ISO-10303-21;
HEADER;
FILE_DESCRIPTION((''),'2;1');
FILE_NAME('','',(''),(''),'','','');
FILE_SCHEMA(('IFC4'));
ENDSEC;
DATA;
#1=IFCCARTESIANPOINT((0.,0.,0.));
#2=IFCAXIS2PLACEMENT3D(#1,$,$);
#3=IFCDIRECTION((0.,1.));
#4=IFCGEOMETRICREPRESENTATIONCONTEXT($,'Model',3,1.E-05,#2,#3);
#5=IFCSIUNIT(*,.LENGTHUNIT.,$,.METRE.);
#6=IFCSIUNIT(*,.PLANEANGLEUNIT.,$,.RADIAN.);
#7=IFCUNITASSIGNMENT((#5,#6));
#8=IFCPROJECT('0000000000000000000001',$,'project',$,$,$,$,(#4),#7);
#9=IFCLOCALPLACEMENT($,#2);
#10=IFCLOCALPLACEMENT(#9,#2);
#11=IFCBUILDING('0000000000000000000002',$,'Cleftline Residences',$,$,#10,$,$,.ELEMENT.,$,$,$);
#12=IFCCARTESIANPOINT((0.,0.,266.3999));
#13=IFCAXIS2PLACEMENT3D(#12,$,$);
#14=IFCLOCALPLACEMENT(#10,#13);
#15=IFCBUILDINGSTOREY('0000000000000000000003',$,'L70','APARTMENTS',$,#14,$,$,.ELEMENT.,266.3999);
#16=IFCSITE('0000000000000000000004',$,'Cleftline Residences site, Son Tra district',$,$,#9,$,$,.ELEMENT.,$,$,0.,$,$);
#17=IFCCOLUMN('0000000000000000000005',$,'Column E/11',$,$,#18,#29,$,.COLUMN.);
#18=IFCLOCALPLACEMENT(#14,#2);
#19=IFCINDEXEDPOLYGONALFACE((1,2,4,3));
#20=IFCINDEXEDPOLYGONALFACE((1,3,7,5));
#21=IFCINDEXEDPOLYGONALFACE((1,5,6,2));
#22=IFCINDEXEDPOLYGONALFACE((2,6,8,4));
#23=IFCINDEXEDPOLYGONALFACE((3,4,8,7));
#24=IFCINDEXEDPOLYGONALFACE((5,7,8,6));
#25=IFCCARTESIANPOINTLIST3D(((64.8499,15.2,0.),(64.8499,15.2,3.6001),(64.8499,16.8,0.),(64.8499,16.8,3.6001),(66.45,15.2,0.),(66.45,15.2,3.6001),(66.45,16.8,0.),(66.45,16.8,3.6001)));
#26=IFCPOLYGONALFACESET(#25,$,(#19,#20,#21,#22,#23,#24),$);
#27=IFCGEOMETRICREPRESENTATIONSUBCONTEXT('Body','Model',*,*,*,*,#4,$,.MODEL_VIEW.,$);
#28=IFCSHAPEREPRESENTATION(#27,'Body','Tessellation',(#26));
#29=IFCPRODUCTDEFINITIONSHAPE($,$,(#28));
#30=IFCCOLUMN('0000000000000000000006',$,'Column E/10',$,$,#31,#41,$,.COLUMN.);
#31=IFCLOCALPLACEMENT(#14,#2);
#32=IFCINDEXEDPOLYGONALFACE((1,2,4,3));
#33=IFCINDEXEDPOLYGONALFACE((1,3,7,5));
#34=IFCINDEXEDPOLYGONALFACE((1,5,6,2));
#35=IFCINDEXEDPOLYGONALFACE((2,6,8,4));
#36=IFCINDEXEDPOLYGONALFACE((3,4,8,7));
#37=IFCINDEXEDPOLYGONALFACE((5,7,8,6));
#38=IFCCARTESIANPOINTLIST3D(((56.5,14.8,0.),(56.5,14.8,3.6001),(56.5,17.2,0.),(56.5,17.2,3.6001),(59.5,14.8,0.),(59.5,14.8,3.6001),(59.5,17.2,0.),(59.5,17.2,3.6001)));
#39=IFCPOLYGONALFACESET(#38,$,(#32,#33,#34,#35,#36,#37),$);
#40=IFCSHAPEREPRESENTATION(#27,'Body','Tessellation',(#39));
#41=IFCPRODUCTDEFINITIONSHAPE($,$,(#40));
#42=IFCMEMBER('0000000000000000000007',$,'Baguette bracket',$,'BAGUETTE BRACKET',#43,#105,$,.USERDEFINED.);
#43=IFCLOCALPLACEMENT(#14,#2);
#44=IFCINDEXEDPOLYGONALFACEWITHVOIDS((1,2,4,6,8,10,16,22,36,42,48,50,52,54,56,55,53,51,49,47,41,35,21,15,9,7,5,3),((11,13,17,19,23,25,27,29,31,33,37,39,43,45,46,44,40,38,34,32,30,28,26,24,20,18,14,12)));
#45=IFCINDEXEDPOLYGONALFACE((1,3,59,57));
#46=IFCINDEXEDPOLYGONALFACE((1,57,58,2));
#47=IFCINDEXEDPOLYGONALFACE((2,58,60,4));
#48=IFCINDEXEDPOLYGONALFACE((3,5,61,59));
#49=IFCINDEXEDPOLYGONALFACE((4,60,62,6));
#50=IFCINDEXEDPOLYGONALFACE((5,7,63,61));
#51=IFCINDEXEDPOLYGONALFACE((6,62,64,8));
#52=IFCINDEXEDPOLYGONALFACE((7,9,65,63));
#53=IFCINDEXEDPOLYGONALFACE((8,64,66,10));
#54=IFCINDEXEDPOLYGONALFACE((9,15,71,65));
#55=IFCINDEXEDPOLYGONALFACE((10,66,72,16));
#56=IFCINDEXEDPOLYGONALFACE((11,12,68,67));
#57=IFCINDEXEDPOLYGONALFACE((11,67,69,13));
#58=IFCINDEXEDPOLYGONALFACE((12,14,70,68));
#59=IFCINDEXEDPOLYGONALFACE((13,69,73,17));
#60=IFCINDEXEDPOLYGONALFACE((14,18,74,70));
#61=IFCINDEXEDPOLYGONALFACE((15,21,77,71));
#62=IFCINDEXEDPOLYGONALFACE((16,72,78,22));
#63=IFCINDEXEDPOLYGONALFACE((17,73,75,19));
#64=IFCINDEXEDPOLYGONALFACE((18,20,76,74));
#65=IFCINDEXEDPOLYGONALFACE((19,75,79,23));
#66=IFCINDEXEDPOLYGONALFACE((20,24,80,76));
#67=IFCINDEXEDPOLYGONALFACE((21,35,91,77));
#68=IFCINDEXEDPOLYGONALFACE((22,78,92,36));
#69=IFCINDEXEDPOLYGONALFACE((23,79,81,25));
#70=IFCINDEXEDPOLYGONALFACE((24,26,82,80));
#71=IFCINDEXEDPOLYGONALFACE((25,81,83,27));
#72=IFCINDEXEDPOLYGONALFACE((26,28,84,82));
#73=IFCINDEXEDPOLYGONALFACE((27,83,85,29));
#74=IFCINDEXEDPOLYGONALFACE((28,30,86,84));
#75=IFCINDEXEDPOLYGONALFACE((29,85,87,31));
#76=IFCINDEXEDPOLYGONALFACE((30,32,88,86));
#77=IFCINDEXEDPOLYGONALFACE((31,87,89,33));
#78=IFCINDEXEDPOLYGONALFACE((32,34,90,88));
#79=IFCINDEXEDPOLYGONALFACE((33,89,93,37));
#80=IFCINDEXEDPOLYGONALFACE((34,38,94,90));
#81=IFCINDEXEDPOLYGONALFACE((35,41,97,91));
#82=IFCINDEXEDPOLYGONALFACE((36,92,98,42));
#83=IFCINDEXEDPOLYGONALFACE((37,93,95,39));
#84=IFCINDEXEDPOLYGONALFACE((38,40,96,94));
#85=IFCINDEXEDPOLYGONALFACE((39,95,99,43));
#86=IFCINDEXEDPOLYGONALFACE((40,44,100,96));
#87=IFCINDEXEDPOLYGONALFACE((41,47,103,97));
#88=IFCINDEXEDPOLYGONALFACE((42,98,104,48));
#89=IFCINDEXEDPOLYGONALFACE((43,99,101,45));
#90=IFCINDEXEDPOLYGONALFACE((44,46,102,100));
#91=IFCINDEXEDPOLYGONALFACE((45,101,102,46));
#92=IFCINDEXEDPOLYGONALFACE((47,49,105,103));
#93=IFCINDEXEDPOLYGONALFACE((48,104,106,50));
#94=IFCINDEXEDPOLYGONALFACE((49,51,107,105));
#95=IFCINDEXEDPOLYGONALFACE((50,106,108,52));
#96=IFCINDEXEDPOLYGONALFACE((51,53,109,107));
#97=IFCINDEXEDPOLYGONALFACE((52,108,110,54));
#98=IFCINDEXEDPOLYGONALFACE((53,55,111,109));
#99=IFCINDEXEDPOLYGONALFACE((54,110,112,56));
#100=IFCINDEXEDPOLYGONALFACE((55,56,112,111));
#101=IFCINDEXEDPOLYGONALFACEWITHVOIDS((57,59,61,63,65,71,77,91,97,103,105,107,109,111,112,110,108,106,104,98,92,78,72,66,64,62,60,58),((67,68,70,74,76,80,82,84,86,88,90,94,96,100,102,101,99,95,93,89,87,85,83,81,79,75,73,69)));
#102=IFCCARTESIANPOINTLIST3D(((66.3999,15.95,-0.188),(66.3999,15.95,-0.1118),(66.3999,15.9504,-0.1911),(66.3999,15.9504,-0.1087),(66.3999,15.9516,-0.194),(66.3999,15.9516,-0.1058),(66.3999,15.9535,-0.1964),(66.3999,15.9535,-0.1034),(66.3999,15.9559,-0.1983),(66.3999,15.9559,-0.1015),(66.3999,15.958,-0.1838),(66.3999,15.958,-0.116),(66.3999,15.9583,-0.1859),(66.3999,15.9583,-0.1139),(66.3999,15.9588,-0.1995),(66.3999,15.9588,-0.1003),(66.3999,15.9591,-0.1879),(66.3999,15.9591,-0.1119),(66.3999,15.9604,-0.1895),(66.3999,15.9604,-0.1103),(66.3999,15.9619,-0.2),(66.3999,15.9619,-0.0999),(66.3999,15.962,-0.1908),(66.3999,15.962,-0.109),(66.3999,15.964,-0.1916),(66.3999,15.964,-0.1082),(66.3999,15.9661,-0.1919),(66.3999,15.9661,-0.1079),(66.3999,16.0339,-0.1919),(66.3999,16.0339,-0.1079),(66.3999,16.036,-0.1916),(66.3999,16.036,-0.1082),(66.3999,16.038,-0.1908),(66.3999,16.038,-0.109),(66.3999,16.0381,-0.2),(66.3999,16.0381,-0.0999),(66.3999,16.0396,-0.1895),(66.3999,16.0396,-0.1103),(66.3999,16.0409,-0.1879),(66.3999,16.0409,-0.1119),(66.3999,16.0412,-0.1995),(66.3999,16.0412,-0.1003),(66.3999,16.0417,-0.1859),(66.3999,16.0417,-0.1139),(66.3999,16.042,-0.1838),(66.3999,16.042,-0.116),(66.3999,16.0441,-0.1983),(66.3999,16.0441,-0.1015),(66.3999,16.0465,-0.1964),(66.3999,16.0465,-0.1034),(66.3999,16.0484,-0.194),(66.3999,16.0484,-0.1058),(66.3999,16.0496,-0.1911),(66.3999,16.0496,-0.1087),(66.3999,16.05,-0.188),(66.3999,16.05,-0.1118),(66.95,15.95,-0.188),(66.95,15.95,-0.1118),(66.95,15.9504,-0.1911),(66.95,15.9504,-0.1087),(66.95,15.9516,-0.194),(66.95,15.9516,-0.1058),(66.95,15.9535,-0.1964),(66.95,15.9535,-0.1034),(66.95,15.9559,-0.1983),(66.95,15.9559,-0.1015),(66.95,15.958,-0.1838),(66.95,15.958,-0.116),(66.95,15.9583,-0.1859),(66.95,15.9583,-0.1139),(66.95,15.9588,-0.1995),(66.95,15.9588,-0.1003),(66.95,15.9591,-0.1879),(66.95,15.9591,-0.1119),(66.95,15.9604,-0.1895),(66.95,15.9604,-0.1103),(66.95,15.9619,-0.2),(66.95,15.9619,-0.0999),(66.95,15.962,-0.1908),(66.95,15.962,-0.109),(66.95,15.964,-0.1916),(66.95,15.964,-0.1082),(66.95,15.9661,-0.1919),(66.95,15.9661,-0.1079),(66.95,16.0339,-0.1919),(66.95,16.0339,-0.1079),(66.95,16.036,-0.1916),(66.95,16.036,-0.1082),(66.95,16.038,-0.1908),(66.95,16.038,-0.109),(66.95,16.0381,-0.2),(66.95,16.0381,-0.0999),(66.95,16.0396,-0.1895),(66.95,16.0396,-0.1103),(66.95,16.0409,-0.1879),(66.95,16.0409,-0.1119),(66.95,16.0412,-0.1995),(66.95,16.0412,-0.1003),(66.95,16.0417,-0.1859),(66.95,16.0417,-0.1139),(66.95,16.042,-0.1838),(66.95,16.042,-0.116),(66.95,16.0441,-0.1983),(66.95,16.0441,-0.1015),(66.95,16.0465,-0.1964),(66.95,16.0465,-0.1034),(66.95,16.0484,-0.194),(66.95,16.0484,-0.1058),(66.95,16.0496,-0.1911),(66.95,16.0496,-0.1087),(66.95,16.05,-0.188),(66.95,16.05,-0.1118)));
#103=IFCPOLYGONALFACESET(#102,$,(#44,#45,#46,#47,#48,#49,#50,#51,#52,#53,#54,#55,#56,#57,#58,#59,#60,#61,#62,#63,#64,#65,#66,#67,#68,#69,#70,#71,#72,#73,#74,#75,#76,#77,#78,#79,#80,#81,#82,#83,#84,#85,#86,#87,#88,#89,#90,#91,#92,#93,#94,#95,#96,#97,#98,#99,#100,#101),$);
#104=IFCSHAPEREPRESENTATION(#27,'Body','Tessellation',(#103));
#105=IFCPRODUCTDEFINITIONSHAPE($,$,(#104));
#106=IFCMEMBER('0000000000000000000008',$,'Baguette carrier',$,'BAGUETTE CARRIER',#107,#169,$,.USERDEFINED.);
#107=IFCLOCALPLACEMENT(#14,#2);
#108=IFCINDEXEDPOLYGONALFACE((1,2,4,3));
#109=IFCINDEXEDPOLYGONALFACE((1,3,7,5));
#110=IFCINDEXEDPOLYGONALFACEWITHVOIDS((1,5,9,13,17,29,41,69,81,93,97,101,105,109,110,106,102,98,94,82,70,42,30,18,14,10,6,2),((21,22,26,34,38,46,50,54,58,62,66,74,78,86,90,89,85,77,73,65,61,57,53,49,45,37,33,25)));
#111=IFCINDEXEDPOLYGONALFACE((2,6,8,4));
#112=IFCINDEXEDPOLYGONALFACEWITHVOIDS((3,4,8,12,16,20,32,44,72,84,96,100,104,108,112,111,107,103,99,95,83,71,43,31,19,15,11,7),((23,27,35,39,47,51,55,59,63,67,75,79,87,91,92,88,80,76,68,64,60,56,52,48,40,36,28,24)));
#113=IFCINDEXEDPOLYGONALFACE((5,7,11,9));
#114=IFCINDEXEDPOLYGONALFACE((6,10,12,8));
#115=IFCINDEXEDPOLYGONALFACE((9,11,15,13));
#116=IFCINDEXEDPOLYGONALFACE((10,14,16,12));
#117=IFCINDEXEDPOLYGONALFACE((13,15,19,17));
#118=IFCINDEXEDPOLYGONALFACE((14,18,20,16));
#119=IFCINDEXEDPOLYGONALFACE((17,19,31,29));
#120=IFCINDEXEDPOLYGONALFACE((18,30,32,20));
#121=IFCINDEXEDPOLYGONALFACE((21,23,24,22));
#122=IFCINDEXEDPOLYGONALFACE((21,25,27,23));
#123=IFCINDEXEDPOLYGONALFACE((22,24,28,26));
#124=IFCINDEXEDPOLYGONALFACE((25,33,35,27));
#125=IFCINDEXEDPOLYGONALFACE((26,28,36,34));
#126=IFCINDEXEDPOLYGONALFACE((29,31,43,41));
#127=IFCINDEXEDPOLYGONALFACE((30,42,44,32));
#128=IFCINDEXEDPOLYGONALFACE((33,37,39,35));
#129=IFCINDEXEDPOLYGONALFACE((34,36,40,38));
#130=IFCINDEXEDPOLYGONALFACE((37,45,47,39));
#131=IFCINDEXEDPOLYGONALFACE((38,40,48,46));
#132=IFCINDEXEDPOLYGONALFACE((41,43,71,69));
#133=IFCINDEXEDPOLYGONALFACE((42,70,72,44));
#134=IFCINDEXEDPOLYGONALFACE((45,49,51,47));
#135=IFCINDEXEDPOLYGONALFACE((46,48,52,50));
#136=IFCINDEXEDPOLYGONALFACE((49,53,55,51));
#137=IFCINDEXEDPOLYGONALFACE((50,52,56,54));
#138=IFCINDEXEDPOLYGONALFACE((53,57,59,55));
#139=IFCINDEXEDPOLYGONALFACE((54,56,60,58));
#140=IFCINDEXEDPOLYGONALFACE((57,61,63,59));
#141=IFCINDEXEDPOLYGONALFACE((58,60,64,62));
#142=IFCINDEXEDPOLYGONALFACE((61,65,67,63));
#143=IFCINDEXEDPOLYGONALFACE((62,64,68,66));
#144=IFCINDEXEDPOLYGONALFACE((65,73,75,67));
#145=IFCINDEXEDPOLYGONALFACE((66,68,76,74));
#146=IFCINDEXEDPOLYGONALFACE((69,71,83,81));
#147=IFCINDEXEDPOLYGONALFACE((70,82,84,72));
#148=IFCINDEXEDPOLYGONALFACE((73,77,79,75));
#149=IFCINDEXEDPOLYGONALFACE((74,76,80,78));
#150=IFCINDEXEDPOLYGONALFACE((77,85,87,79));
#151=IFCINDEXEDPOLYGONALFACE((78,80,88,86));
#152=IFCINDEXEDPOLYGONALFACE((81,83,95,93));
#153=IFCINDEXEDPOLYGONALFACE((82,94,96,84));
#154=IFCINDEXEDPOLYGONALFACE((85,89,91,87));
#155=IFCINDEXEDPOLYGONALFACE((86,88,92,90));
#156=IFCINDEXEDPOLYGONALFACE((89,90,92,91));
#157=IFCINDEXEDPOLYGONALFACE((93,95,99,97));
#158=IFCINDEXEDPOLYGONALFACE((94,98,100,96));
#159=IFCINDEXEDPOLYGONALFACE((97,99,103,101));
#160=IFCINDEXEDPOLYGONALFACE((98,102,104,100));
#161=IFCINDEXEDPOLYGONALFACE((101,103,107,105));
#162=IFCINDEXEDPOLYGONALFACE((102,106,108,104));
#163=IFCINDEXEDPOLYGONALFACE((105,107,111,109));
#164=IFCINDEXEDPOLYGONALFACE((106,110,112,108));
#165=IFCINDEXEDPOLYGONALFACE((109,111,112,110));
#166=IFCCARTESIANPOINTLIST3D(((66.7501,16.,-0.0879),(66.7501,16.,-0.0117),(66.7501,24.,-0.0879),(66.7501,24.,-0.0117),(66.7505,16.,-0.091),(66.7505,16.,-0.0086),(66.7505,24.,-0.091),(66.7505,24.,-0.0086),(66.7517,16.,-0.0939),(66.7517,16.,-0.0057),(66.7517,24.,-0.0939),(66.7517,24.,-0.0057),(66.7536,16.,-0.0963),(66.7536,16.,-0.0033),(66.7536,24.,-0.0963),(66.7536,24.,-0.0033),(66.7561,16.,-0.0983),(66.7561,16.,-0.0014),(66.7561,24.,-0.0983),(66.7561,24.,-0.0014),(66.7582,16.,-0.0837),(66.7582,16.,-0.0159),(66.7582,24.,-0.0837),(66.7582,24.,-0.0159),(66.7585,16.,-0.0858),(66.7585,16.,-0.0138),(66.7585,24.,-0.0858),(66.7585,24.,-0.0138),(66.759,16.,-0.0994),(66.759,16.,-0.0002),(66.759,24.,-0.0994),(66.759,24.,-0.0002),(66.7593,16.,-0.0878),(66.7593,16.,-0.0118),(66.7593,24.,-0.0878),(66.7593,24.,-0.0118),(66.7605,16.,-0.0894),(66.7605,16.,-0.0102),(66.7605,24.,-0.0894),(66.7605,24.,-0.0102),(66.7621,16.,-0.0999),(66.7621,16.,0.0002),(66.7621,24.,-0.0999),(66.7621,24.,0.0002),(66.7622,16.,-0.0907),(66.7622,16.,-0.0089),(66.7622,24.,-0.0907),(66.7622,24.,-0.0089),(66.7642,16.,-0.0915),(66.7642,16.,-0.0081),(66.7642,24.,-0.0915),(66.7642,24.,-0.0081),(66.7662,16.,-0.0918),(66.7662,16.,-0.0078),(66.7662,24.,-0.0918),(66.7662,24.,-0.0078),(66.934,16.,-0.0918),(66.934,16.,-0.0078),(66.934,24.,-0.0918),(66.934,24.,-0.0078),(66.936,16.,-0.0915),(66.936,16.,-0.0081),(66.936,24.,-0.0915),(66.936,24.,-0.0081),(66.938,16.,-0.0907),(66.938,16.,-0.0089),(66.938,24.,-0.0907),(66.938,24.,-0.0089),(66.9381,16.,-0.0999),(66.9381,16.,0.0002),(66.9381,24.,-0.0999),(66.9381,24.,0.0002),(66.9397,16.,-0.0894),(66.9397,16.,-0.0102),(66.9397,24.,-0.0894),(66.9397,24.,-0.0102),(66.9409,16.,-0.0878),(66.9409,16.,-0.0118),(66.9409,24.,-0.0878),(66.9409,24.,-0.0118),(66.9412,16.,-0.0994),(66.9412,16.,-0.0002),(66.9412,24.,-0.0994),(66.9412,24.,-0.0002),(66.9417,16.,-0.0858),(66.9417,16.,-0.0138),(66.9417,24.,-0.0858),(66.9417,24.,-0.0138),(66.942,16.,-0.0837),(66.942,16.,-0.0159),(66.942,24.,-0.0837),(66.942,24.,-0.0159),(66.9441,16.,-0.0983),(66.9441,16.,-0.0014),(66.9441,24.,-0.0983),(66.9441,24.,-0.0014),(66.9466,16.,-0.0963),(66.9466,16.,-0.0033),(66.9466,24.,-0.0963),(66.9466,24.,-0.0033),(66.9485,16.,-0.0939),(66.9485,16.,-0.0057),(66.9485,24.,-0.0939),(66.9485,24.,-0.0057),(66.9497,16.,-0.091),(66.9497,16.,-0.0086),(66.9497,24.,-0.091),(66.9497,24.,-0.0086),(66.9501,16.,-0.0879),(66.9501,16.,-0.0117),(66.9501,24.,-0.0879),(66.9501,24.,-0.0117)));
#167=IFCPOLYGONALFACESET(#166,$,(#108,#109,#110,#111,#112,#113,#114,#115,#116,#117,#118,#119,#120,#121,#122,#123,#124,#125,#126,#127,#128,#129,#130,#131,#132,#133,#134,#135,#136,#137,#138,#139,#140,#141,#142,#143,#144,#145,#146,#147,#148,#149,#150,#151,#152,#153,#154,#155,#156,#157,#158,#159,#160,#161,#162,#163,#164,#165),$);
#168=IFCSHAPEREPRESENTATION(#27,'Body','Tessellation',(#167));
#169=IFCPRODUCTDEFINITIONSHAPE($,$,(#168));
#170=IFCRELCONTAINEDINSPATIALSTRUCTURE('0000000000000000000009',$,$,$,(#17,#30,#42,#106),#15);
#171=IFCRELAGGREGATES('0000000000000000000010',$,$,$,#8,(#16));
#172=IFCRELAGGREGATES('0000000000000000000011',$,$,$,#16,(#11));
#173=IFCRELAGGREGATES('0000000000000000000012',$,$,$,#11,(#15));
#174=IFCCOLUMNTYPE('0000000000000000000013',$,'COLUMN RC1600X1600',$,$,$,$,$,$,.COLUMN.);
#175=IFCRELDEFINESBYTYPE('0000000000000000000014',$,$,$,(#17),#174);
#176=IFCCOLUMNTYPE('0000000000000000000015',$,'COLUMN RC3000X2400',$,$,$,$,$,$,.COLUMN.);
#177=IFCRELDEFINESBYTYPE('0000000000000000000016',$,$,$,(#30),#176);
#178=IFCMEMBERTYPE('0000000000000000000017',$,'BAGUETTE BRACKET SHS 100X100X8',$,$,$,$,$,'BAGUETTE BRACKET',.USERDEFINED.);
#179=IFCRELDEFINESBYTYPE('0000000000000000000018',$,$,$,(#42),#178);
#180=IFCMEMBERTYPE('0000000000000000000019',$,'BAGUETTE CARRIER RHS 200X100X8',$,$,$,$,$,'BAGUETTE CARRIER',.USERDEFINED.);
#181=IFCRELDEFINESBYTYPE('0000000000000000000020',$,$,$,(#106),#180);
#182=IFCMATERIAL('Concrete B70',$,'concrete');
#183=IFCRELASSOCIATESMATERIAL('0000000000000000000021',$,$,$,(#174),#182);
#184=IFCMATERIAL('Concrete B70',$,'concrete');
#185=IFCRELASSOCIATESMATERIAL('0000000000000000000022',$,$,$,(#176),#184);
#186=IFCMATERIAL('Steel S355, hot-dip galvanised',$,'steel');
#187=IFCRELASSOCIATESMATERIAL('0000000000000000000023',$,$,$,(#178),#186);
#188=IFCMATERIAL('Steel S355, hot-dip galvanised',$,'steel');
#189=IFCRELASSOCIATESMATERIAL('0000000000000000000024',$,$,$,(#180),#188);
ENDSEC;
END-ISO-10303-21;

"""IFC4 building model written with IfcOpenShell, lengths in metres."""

from ifc_helpers import new_model, si_unit, direction, frame, origin, origin_2d, place, context, subcontext, project, spatial, rectangle, hollow_rectangle, extrude, material, material_profile, profile_set, type_object, element, save


model = new_model("IFC4")

# Units and contexts
model_context = context("Model", 3, precision=1e-05, world=origin(), true_north=direction((0.0, 1.0)))
body_context = subcontext(model_context, "Body", "Model", "MODEL_VIEW")
ifc_project = project(units=[si_unit("LENGTHUNIT", "METRE"), si_unit("PLANEANGLEUNIT", "RADIAN")], contexts=[model_context])

# Site, building, storey
site_placement = place(None, origin())
site = spatial("IfcSite", under=ifc_project, at=site_placement, Name="Cleftline Residences site, Son Tra district", CompositionType="ELEMENT", RefElevation=0.0)
building_placement = place(site_placement, origin())
building = spatial("IfcBuilding", under=site, at=building_placement, Name="Cleftline Residences", CompositionType="ELEMENT")
storey_placement = place(building_placement, frame((0.0, 0.0, 266.3999)))
storey = spatial("IfcBuildingStorey", under=building, at=storey_placement, Name="L70", Description="APARTMENTS", CompositionType="ELEMENT", Elevation=266.3999)

# Columns
ifc_material_1 = material(Name="Concrete B70", Category="concrete")
ifc_material_profile_1 = material_profile(ifc_material_1, rectangle(XDim=1.6001, YDim=1.6001, at=origin_2d()))
ifc_profile_set_1 = profile_set([ifc_material_profile_1], Name="Concrete B70")
column_type_1 = type_object("IfcColumnType", Name="COLUMN RC1600X1600", PredefinedType="COLUMN", material=ifc_profile_set_1)
column_1_placement = place(storey_placement, frame((65.6499, 16.0, 0.0), z_axis=(0.0, 0.0, 1.0), x_axis=(1.0, 0.0, 0.0)))
element("IfcColumn", 1, at=column_1_placement, inside=storey, type_object=column_type_1, Name="Column E/11", PredefinedType="COLUMN", context=body_context, shape_type="SweptSolid", body=[
    extrude(rectangle(XDim=1.6001, YDim=1.6001, at=origin_2d()), origin(), (0.0, 0.0, 1.0), 3.6001),
])
ifc_material_2 = material(Name="Concrete B70", Category="concrete")
ifc_material_profile_2 = material_profile(ifc_material_2, rectangle(XDim=3.0, YDim=2.3999, at=origin_2d()))
ifc_profile_set_2 = profile_set([ifc_material_profile_2], Name="Concrete B70")
column_type_2 = type_object("IfcColumnType", Name="COLUMN RC3000X2400", PredefinedType="COLUMN", material=ifc_profile_set_2)
column_2_placement = place(storey_placement, frame((58.0, 16.0, 0.0), z_axis=(0.0, 0.0, 1.0), x_axis=(1.0, 0.0, 0.0)))
element("IfcColumn", 2, at=column_2_placement, inside=storey, type_object=column_type_2, Name="Column E/10", PredefinedType="COLUMN", context=body_context, shape_type="SweptSolid", body=[
    extrude(rectangle(XDim=3.0, YDim=2.3999, at=origin_2d()), origin(), (0.0, 0.0, 1.0), 3.6001),
])

# Members
ifc_material_3 = material(Name="Steel S355, hot-dip galvanised", Category="steel")
ifc_material_profile_3 = material_profile(ifc_material_3, hollow_rectangle(XDim=0.1001, YDim=0.1001, WallThickness=0.0081, InnerFilletRadius=0.0081, OuterFilletRadius=0.012, at=origin_2d()))
ifc_profile_set_3 = profile_set([ifc_material_profile_3], Name="Steel S355, hot-dip galvanised")
member_type_1 = type_object("IfcMemberType", Name="BAGUETTE BRACKET SHS 100X100X8", ElementType="BAGUETTE BRACKET", PredefinedType="USERDEFINED", material=ifc_profile_set_3)
member_1_placement = place(storey_placement, frame((66.3999, 16.0, -0.1499), z_axis=(1.0, 0.0, 0.0), x_axis=(0.0, 1.0, 0.0)))
element("IfcMember", 3, at=member_1_placement, inside=storey, type_object=member_type_1, Name="Baguette bracket", ObjectType="BAGUETTE BRACKET", PredefinedType="USERDEFINED", context=body_context, shape_type="SweptSolid", body=[
    extrude(hollow_rectangle(XDim=0.1001, YDim=0.1001, WallThickness=0.0081, InnerFilletRadius=0.0081, OuterFilletRadius=0.012, at=origin_2d()), origin(), (0.0, 0.0, 1.0), 0.55),
])
ifc_material_4 = material(Name="Steel S355, hot-dip galvanised", Category="steel")
ifc_material_profile_4 = material_profile(ifc_material_4, hollow_rectangle(XDim=0.1001, YDim=0.2, WallThickness=0.0081, InnerFilletRadius=0.0081, OuterFilletRadius=0.012, at=origin_2d()))
ifc_profile_set_4 = profile_set([ifc_material_profile_4], Name="Steel S355, hot-dip galvanised")
member_type_2 = type_object("IfcMemberType", Name="BAGUETTE CARRIER RHS 200X100X8", ElementType="BAGUETTE CARRIER", PredefinedType="USERDEFINED", material=ifc_profile_set_4)
member_2_placement = place(storey_placement, frame((66.8501, 16.0, -0.0498), z_axis=(0.0, 1.0, 0.0), x_axis=(0.0, 0.0, 1.0)))
element("IfcMember", 4, at=member_2_placement, inside=storey, type_object=member_type_2, Name="Baguette carrier", ObjectType="BAGUETTE CARRIER", PredefinedType="USERDEFINED", context=body_context, shape_type="SweptSolid", body=[
    extrude(hollow_rectangle(XDim=0.1001, YDim=0.2, WallThickness=0.0081, InnerFilletRadius=0.0081, OuterFilletRadius=0.012, at=origin_2d()), origin(), (0.0, 0.0, 1.0), 8.0),
])

save(model, "model.ifc")
